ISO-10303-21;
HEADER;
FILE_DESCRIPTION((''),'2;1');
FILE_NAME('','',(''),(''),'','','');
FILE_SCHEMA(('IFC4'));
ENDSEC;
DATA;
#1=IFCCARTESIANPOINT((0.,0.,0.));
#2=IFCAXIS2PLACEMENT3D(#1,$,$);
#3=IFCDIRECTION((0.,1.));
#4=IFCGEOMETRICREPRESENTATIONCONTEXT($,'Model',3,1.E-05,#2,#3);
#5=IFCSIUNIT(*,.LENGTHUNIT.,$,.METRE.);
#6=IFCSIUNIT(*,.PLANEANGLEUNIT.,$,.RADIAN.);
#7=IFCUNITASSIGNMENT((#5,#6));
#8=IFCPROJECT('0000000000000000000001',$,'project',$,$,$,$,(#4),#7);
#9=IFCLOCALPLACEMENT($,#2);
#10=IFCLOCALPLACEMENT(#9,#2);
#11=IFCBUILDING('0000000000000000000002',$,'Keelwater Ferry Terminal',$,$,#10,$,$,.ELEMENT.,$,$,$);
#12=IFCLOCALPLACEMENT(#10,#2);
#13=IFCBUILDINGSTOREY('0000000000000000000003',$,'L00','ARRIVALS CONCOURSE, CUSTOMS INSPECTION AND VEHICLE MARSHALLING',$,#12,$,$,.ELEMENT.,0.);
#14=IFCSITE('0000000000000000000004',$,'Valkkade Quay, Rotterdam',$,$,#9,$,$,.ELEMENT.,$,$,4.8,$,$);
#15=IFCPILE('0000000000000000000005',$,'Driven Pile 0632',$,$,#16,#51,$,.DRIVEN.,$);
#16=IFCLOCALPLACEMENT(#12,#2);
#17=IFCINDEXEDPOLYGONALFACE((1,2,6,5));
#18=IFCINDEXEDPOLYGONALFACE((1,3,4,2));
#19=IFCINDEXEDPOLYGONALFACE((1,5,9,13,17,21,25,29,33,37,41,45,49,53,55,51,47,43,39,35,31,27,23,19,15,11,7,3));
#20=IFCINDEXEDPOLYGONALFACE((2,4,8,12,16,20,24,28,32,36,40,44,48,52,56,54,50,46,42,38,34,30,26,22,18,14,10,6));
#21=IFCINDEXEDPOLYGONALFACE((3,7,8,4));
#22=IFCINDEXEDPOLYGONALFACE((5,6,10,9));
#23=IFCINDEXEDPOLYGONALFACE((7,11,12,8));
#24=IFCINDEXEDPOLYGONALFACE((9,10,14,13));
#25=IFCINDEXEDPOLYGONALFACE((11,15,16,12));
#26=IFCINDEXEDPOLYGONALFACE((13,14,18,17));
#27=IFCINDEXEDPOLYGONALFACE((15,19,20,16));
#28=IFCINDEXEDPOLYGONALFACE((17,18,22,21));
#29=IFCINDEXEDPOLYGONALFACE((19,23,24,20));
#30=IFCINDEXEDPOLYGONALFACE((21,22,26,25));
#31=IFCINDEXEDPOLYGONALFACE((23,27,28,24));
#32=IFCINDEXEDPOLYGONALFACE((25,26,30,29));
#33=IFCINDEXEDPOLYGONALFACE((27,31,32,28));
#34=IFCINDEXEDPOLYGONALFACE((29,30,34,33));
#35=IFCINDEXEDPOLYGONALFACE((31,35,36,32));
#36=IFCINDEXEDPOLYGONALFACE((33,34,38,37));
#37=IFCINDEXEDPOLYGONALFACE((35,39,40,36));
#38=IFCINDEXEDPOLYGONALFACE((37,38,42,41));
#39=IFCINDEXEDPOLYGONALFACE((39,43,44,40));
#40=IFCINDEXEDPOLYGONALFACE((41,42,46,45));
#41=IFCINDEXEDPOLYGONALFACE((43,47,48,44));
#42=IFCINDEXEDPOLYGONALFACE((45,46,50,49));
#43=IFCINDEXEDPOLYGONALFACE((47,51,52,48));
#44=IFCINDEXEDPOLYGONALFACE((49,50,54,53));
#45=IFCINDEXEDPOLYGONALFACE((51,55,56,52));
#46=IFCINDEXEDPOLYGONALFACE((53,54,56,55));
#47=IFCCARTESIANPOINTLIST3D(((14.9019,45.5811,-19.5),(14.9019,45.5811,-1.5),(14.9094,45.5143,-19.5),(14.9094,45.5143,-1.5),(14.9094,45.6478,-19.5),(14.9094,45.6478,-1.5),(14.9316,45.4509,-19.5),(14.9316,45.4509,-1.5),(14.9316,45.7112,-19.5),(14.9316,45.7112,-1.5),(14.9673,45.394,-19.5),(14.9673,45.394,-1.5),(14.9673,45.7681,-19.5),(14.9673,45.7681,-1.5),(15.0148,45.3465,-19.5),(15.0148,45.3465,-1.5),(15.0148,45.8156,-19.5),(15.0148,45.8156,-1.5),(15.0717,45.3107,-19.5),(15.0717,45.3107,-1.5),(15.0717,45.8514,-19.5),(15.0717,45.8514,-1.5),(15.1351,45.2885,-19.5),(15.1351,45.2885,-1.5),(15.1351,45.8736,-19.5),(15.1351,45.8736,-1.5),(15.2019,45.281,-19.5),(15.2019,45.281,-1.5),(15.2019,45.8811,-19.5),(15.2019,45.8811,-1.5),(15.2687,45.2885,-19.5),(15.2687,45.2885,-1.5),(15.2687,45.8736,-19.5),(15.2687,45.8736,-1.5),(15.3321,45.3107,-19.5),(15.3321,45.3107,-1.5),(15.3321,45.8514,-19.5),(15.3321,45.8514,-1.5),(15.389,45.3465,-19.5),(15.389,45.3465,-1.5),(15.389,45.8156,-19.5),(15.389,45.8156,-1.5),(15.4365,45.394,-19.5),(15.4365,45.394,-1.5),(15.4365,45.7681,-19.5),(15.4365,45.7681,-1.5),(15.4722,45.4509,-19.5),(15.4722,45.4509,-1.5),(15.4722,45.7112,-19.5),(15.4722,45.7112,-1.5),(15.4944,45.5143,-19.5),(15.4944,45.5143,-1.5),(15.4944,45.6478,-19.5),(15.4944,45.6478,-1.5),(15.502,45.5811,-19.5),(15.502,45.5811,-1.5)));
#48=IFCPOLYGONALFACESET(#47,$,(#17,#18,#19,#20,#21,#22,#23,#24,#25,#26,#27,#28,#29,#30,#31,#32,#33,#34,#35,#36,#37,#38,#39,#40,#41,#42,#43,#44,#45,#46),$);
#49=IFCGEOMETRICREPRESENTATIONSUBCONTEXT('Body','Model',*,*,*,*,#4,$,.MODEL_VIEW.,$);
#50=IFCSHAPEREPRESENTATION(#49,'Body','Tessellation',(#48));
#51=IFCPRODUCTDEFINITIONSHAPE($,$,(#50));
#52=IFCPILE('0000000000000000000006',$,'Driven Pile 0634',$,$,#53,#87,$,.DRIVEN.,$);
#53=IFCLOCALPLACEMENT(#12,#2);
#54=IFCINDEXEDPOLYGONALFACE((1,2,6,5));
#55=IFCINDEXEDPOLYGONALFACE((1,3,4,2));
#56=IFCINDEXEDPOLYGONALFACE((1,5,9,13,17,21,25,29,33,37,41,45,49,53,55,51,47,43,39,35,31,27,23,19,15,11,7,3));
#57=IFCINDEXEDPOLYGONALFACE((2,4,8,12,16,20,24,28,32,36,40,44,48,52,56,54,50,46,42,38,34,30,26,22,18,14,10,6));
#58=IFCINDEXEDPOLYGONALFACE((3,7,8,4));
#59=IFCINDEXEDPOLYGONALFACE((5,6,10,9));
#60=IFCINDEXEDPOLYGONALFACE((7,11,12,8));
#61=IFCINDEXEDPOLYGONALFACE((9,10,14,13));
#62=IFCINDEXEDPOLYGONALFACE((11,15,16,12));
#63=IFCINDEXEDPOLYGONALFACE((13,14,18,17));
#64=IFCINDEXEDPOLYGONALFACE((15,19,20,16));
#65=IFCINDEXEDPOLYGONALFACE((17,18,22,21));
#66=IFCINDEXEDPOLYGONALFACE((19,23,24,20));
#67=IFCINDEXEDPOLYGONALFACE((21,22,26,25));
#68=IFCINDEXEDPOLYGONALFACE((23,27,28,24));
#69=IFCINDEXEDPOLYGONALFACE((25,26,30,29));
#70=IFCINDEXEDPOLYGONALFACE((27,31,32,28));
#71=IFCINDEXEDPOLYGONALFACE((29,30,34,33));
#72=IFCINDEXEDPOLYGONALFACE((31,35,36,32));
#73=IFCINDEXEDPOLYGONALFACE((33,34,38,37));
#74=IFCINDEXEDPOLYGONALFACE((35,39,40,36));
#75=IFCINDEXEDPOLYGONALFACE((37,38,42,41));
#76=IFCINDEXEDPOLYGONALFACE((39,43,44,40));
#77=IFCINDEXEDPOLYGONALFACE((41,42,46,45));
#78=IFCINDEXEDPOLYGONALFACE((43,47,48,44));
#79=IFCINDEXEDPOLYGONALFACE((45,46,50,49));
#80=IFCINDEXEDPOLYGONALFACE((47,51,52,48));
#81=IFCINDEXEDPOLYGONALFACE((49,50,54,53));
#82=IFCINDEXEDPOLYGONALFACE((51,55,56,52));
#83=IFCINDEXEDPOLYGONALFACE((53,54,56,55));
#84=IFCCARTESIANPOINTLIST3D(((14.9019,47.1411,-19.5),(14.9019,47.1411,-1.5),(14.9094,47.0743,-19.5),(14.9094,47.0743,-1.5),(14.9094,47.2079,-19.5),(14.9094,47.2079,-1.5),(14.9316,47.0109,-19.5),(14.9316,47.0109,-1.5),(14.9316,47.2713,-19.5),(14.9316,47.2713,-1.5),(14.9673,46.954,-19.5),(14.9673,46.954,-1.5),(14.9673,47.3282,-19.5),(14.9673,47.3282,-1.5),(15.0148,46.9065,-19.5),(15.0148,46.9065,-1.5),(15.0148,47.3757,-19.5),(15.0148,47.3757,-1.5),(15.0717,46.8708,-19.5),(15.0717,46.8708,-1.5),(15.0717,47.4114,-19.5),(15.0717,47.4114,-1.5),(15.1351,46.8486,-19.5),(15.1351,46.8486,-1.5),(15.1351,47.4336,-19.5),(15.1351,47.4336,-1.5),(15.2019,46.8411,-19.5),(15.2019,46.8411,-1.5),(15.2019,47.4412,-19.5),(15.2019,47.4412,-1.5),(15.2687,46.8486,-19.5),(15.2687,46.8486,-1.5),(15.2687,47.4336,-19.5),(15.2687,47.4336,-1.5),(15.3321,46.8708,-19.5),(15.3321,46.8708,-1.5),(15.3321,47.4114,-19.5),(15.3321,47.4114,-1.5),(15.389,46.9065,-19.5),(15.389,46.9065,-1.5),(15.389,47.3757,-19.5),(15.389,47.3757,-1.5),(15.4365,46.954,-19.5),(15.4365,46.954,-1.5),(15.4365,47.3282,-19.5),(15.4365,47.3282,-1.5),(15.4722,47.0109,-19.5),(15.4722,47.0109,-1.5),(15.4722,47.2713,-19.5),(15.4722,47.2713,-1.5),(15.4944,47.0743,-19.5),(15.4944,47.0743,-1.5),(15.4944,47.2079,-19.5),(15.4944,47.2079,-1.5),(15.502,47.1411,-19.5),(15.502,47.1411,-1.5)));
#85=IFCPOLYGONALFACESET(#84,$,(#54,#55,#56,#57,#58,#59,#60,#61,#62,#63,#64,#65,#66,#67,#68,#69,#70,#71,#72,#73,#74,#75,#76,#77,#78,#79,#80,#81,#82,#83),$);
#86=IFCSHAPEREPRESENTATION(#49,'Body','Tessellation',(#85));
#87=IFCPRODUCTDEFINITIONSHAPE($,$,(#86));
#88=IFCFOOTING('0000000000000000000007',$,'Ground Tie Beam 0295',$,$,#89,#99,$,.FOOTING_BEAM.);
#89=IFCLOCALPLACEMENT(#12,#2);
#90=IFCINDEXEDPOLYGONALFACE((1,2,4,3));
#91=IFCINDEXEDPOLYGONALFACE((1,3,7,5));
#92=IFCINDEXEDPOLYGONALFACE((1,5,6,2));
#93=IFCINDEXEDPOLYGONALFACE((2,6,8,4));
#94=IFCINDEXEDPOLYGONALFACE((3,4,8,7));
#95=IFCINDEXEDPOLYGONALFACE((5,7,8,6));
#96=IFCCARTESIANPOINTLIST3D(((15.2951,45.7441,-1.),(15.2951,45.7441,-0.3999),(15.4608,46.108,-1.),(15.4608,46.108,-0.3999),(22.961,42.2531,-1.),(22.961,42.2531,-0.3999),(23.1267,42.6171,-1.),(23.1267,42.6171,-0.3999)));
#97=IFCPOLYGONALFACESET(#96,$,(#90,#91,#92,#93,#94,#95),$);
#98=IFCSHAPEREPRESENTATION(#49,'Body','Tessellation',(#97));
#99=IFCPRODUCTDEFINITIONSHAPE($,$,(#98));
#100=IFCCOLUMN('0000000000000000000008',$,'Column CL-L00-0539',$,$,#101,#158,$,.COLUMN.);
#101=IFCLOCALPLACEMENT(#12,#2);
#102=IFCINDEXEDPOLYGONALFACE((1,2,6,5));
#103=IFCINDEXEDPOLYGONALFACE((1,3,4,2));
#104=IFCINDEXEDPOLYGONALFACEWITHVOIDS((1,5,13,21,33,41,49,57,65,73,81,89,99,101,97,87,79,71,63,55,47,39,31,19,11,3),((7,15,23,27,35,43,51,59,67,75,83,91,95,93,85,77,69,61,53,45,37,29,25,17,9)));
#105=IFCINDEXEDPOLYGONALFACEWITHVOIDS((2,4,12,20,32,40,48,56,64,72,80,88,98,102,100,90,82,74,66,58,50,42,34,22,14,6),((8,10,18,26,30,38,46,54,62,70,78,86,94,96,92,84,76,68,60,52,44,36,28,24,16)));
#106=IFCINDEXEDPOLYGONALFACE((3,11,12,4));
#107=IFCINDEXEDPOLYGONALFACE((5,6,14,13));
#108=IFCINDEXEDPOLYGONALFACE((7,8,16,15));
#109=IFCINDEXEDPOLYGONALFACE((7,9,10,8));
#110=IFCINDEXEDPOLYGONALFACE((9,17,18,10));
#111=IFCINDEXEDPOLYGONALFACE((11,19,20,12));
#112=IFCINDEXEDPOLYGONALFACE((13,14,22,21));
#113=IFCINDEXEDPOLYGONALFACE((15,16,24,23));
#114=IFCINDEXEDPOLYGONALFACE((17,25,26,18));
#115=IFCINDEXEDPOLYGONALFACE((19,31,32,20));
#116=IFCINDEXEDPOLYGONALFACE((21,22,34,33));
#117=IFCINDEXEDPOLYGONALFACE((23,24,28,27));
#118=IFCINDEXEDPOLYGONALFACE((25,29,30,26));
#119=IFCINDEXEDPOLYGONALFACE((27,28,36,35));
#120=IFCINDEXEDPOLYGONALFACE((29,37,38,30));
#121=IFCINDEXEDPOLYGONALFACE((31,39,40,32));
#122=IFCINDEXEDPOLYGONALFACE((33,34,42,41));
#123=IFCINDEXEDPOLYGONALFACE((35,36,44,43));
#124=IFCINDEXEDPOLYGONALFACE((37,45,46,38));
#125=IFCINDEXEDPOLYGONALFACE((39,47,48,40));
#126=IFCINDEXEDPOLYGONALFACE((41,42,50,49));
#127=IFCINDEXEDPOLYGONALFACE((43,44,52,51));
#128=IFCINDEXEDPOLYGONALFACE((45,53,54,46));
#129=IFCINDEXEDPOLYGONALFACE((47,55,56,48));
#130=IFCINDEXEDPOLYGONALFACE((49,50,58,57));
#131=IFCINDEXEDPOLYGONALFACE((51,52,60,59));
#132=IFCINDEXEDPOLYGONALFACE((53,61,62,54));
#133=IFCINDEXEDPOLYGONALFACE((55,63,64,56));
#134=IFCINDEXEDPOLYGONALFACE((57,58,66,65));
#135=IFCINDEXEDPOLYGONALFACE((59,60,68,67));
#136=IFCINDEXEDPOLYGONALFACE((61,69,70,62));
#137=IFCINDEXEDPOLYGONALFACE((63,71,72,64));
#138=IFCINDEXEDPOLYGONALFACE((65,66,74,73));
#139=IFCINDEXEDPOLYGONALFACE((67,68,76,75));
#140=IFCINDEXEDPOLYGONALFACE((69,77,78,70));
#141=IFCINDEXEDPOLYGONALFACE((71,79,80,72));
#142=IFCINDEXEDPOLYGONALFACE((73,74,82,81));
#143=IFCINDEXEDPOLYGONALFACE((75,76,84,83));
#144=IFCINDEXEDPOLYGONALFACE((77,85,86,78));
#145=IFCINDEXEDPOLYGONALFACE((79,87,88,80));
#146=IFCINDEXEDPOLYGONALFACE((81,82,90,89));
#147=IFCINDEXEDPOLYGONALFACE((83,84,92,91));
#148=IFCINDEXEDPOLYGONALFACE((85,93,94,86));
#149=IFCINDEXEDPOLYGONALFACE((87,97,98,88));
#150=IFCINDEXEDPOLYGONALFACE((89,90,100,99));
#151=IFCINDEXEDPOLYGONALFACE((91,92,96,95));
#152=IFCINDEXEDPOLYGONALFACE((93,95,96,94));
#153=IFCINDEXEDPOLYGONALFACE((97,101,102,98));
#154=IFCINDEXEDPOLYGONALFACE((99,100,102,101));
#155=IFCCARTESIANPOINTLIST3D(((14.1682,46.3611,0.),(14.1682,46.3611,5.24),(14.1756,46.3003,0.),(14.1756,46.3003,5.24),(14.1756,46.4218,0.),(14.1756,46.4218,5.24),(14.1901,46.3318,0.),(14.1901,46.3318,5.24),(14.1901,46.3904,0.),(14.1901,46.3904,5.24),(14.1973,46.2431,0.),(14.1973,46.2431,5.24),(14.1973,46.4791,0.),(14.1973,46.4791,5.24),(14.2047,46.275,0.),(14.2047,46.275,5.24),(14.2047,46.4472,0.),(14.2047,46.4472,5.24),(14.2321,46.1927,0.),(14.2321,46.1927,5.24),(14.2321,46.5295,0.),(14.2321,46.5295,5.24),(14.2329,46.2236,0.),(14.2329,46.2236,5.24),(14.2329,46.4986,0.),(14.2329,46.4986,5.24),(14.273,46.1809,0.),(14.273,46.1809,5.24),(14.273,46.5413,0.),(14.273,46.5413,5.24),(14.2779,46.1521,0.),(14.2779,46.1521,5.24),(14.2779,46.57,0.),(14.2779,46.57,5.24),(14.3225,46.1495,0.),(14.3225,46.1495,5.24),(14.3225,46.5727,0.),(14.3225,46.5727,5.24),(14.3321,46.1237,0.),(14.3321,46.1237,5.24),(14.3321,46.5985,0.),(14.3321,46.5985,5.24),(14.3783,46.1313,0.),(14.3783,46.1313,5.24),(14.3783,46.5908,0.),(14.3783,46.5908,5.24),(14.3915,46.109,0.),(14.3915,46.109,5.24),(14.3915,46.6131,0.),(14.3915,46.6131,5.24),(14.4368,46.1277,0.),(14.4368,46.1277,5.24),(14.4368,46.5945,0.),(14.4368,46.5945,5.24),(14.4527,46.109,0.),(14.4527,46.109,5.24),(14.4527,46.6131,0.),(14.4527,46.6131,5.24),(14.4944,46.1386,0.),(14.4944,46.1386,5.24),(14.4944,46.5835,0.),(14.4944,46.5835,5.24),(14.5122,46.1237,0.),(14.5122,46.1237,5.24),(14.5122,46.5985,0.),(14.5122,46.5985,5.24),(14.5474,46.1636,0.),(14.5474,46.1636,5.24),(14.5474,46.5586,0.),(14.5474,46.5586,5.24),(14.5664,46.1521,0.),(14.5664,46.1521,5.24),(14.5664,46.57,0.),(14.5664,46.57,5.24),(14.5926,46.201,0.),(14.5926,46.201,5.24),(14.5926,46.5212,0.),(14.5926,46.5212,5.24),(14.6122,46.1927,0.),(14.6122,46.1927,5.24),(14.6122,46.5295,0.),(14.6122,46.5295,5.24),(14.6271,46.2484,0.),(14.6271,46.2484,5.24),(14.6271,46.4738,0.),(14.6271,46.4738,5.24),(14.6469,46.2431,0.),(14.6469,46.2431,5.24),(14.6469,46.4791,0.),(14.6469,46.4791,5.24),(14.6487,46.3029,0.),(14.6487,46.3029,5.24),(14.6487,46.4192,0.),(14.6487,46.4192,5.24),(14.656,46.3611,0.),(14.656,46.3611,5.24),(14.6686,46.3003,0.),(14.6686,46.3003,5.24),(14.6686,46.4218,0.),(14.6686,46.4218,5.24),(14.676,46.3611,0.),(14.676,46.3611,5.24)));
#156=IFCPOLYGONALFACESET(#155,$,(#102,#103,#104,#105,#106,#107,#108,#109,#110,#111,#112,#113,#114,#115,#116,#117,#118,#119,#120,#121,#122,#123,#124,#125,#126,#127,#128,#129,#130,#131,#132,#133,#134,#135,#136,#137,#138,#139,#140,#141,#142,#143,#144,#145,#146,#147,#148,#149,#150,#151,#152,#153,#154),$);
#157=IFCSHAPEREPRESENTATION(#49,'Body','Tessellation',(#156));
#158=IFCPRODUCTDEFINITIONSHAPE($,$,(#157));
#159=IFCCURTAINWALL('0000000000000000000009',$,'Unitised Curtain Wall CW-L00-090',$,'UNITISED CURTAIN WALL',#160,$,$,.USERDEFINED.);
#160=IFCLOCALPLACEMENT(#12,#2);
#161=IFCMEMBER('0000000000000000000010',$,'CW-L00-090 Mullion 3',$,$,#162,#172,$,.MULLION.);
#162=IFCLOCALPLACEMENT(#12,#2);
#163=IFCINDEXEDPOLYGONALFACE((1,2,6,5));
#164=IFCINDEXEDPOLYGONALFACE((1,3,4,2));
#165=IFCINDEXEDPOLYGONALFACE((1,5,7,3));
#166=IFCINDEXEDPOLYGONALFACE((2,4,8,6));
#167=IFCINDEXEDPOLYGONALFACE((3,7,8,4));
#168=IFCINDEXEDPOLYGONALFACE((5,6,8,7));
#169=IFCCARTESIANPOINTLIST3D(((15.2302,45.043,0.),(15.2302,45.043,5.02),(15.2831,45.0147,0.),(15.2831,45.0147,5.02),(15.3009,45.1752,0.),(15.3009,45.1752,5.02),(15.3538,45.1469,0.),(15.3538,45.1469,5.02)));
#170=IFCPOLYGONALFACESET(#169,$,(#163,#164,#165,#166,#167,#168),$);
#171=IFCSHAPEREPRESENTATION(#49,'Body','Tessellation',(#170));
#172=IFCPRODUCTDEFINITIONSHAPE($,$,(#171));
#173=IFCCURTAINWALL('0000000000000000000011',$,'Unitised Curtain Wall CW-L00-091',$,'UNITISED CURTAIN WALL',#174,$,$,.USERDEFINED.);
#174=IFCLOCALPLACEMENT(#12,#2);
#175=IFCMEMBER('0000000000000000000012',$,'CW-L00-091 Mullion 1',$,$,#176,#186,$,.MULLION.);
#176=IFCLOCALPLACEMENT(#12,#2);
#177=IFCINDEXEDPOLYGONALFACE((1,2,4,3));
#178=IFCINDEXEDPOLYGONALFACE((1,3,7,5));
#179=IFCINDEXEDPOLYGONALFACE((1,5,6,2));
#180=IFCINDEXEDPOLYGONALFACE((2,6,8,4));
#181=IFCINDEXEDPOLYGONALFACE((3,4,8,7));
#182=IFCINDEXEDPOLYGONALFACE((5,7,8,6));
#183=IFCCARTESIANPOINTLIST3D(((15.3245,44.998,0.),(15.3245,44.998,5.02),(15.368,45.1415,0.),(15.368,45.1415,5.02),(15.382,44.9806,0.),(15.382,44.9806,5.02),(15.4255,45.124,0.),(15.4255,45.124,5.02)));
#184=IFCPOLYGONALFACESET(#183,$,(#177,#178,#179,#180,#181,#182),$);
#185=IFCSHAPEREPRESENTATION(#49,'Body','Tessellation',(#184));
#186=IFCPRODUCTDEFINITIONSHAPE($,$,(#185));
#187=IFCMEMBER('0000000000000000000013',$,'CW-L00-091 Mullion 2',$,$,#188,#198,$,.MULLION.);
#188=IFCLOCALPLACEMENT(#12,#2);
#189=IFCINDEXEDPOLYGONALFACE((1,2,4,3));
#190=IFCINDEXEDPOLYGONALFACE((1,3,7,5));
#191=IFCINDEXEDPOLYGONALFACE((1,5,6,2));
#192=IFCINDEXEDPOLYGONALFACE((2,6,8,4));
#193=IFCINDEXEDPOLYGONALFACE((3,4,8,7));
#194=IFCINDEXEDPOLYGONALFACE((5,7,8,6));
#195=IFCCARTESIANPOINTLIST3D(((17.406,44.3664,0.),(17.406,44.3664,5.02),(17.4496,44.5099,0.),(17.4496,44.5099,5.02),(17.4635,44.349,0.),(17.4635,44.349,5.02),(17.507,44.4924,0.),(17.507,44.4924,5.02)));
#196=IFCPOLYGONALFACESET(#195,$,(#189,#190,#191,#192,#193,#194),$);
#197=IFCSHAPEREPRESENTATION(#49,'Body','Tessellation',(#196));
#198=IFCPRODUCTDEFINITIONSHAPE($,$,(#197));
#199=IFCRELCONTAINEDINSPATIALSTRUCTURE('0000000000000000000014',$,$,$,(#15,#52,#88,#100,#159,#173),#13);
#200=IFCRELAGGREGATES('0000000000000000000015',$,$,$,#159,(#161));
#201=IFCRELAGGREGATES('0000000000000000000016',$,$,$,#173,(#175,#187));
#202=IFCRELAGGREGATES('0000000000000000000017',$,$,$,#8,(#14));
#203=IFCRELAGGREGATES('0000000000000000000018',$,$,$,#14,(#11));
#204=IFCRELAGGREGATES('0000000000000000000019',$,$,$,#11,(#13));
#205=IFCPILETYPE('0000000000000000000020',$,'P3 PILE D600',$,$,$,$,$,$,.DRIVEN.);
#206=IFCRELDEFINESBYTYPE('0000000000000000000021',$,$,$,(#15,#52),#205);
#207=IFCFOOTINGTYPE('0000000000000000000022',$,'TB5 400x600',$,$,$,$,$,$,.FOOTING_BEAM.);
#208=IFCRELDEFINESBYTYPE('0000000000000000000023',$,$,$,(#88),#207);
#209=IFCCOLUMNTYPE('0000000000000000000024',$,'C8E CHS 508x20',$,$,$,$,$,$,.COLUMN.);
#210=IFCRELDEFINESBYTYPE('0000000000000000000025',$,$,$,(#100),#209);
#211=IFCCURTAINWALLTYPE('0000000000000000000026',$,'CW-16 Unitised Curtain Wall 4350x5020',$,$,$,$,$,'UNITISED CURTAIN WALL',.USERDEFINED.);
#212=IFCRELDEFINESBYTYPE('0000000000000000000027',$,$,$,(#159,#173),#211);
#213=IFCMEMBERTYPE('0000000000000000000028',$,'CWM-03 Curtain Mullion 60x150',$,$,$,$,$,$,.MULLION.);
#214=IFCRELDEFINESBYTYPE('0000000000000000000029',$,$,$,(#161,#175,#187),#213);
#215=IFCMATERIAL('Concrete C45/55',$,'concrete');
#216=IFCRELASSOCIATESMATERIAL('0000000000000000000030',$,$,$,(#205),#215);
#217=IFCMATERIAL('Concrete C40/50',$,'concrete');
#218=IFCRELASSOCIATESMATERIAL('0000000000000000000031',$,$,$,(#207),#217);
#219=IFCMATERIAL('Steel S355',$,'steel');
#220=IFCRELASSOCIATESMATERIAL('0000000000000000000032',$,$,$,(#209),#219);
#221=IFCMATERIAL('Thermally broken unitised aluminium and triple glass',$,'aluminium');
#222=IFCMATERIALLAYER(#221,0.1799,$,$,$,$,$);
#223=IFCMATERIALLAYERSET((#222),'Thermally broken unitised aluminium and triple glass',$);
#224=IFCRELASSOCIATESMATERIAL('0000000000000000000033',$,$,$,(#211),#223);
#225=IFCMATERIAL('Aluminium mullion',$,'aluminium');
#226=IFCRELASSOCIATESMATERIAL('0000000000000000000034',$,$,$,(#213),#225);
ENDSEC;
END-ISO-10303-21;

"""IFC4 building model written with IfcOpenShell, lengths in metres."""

from ifc_helpers import new_model, si_unit, direction, frame, origin, origin_2d, place, context, subcontext, project, spatial, rectangle, circle, hollow_circle, extrude, material, layer, layer_set, material_profile, profile_set, type_object, element, aggregate, save


model = new_model("IFC4")

# Units and contexts
model_context = context("Model", 3, precision=1e-05, world=origin(), true_north=direction((0.0, 1.0)))
body_context = subcontext(model_context, "Body", "Model", "MODEL_VIEW")
ifc_project = project(units=[si_unit("LENGTHUNIT", "METRE"), si_unit("PLANEANGLEUNIT", "RADIAN")], contexts=[model_context])

# Site, building, storey
site_placement = place(None, origin())
site = spatial("IfcSite", under=ifc_project, at=site_placement, Name="Valkkade Quay, Rotterdam", CompositionType="ELEMENT", RefElevation=4.8)
building_placement = place(site_placement, origin())
building = spatial("IfcBuilding", under=site, at=building_placement, Name="Keelwater Ferry Terminal", CompositionType="ELEMENT")
storey_placement = place(building_placement, origin())
storey = spatial("IfcBuildingStorey", under=building, at=storey_placement, Name="L00", Description="ARRIVALS CONCOURSE, CUSTOMS INSPECTION AND VEHICLE MARSHALLING", CompositionType="ELEMENT", Elevation=0.0)

# Piles
ifc_material_1 = material(Name="Concrete C45/55", Category="concrete")
ifc_material_profile_1 = material_profile(ifc_material_1, circle(Radius=0.3, at=origin_2d()), Name="PILE D600")
ifc_profile_set_1 = profile_set([ifc_material_profile_1], Name="Concrete C45/55")
pile_type = type_object("IfcPileType", Name="P3 PILE D600", PredefinedType="DRIVEN", material=ifc_profile_set_1)
for number, where, z_axis, x_axis, name in (
    (1, (15.2019, 45.5811, -1.5), (0.0, 0.0, -1.0), (1.0, 0.0, 0.0), "Driven Pile 0632"),
    (2, (15.2019, 47.1411, -1.5), (0.0, 0.0, -1.0), (1.0, 0.0, 0.0), "Driven Pile 0634"),
):
    element("IfcPile", number, at=place(storey_placement, frame(where, z_axis=z_axis, x_axis=x_axis)), inside=storey, type_object=pile_type, Name=name, PredefinedType="DRIVEN", context=body_context, shape_type="SweptSolid", body=[
        extrude(circle(Radius=0.3, at=origin_2d()), origin(), (0.0, 0.0, 1.0), 18.0),
    ])

# Footing
ifc_material_2 = material(Name="Concrete C40/50", Category="concrete")
ifc_material_profile_2 = material_profile(ifc_material_2, rectangle(XDim=0.3999, YDim=0.6001, at=origin_2d()), Name="TB 400x600")
ifc_profile_set_2 = profile_set([ifc_material_profile_2], Name="Concrete C40/50")
footing_type = type_object("IfcFootingType", Name="TB5 400x600", PredefinedType="FOOTING_BEAM", material=ifc_profile_set_2)
footing_placement = place(storey_placement, frame((15.3779, 45.926, -0.7), z_axis=(0.910079, -0.414434, 0.0), x_axis=(0.414434, 0.910079, 0.0)))
element("IfcFooting", 3, at=footing_placement, inside=storey, type_object=footing_type, Name="Ground Tie Beam 0295", PredefinedType="FOOTING_BEAM", context=body_context, shape_type="SweptSolid", body=[
    extrude(rectangle(XDim=0.3999, YDim=0.6001, at=origin_2d()), origin(), (0.0, 0.0, 1.0), 8.4233),
])

# Column
ifc_material_3 = material(Name="Steel S355", Category="steel")
ifc_material_profile_3 = material_profile(ifc_material_3, hollow_circle(Radius=0.2539, WallThickness=0.02, at=origin_2d()), Name="CHS 508x20")
ifc_profile_set_3 = profile_set([ifc_material_profile_3], Name="Steel S355")
column_type = type_object("IfcColumnType", Name="C8E CHS 508x20", PredefinedType="COLUMN", material=ifc_profile_set_3)
column_placement = place(storey_placement, frame((14.4221, 46.3611, 0.0), z_axis=(0.0, 0.0, 1.0), x_axis=(1.0, 0.0, 0.0)))
element("IfcColumn", 4, at=column_placement, inside=storey, type_object=column_type, Name="Column CL-L00-0539", PredefinedType="COLUMN", context=body_context, shape_type="SweptSolid", body=[
    extrude(hollow_circle(Radius=0.2539, WallThickness=0.02, at=origin_2d()), origin(), (0.0, 0.0, 1.0), 5.24),
])

# Curtain wall, member
ifc_material_4 = material(Name="Thermally broken unitised aluminium and triple glass", Category="aluminium")
ifc_layer_1 = layer(ifc_material_4, 0.1799)
ifc_layer_set_1 = layer_set([ifc_layer_1], Name="Thermally broken unitised aluminium and triple glass")
curtain_wall_type = type_object("IfcCurtainWallType", Name="CW-16 Unitised Curtain Wall 4350x5020", ElementType="UNITISED CURTAIN WALL", PredefinedType="USERDEFINED", material=ifc_layer_set_1)
curtain_wall_1_placement = place(storey_placement, origin())
curtain_wall_1 = element("IfcCurtainWall", 5, at=curtain_wall_1_placement, inside=storey, type_object=curtain_wall_type, Name="Unitised Curtain Wall CW-L00-090", ObjectType="UNITISED CURTAIN WALL", PredefinedType="USERDEFINED")
ifc_material_5 = material(Name="Aluminium mullion", Category="aluminium")
ifc_material_profile_4 = material_profile(ifc_material_5, rectangle(XDim=0.0601, YDim=0.1499, at=origin_2d()), Name="CWM-03")
ifc_profile_set_4 = profile_set([ifc_material_profile_4], Name="Aluminium mullion")
member_type_1 = type_object("IfcMemberType", Name="CWM-03 Curtain Mullion 60x150", PredefinedType="MULLION", material=ifc_profile_set_4)
member_1_placement = place(storey_placement, frame((15.292, 45.095, 0.0), z_axis=(0.0, 0.0, 1.0), x_axis=(0.881862, -0.471507, 0.0)))
member_1 = element("IfcMember", 6, at=member_1_placement, type_object=member_type_1, Name="CW-L00-090 Mullion 3", PredefinedType="MULLION", context=body_context, shape_type="SweptSolid", body=[
    extrude(rectangle(XDim=0.0601, YDim=0.1499, at=origin_2d()), origin(), (0.0, 0.0, 1.0), 5.02),
])
aggregate(curtain_wall_1, [member_1])

# Curtain wall, members
curtain_wall_2_placement = place(storey_placement, origin())
curtain_wall_2 = element("IfcCurtainWall", 7, at=curtain_wall_2_placement, inside=storey, type_object=curtain_wall_type, Name="Unitised Curtain Wall CW-L00-091", ObjectType="UNITISED CURTAIN WALL", PredefinedType="USERDEFINED")
member_2_placement = place(storey_placement, frame((15.375, 45.061, 0.0), z_axis=(0.0, 0.0, 1.0), x_axis=(0.95693, -0.29032, 0.0)))
member_2 = element("IfcMember", 8, at=member_2_placement, type_object=member_type_1, Name="CW-L00-091 Mullion 1", PredefinedType="MULLION", context=body_context, shape_type="SweptSolid", body=[
    extrude(rectangle(XDim=0.0601, YDim=0.1499, at=origin_2d()), origin(), (0.0, 0.0, 1.0), 5.02),
])
member_3_placement = place(storey_placement, frame((17.4565, 44.4294, 0.0), z_axis=(0.0, 0.0, 1.0), x_axis=(0.95693, -0.29032, 0.0)))
member_3 = element("IfcMember", 9, at=member_3_placement, type_object=member_type_1, Name="CW-L00-091 Mullion 2", PredefinedType="MULLION", context=body_context, shape_type="SweptSolid", body=[
    extrude(rectangle(XDim=0.0601, YDim=0.1499, at=origin_2d()), origin(), (0.0, 0.0, 1.0), 5.02),
])

aggregate(curtain_wall_2, [member_2, member_3])

save(model, "model.ifc")
